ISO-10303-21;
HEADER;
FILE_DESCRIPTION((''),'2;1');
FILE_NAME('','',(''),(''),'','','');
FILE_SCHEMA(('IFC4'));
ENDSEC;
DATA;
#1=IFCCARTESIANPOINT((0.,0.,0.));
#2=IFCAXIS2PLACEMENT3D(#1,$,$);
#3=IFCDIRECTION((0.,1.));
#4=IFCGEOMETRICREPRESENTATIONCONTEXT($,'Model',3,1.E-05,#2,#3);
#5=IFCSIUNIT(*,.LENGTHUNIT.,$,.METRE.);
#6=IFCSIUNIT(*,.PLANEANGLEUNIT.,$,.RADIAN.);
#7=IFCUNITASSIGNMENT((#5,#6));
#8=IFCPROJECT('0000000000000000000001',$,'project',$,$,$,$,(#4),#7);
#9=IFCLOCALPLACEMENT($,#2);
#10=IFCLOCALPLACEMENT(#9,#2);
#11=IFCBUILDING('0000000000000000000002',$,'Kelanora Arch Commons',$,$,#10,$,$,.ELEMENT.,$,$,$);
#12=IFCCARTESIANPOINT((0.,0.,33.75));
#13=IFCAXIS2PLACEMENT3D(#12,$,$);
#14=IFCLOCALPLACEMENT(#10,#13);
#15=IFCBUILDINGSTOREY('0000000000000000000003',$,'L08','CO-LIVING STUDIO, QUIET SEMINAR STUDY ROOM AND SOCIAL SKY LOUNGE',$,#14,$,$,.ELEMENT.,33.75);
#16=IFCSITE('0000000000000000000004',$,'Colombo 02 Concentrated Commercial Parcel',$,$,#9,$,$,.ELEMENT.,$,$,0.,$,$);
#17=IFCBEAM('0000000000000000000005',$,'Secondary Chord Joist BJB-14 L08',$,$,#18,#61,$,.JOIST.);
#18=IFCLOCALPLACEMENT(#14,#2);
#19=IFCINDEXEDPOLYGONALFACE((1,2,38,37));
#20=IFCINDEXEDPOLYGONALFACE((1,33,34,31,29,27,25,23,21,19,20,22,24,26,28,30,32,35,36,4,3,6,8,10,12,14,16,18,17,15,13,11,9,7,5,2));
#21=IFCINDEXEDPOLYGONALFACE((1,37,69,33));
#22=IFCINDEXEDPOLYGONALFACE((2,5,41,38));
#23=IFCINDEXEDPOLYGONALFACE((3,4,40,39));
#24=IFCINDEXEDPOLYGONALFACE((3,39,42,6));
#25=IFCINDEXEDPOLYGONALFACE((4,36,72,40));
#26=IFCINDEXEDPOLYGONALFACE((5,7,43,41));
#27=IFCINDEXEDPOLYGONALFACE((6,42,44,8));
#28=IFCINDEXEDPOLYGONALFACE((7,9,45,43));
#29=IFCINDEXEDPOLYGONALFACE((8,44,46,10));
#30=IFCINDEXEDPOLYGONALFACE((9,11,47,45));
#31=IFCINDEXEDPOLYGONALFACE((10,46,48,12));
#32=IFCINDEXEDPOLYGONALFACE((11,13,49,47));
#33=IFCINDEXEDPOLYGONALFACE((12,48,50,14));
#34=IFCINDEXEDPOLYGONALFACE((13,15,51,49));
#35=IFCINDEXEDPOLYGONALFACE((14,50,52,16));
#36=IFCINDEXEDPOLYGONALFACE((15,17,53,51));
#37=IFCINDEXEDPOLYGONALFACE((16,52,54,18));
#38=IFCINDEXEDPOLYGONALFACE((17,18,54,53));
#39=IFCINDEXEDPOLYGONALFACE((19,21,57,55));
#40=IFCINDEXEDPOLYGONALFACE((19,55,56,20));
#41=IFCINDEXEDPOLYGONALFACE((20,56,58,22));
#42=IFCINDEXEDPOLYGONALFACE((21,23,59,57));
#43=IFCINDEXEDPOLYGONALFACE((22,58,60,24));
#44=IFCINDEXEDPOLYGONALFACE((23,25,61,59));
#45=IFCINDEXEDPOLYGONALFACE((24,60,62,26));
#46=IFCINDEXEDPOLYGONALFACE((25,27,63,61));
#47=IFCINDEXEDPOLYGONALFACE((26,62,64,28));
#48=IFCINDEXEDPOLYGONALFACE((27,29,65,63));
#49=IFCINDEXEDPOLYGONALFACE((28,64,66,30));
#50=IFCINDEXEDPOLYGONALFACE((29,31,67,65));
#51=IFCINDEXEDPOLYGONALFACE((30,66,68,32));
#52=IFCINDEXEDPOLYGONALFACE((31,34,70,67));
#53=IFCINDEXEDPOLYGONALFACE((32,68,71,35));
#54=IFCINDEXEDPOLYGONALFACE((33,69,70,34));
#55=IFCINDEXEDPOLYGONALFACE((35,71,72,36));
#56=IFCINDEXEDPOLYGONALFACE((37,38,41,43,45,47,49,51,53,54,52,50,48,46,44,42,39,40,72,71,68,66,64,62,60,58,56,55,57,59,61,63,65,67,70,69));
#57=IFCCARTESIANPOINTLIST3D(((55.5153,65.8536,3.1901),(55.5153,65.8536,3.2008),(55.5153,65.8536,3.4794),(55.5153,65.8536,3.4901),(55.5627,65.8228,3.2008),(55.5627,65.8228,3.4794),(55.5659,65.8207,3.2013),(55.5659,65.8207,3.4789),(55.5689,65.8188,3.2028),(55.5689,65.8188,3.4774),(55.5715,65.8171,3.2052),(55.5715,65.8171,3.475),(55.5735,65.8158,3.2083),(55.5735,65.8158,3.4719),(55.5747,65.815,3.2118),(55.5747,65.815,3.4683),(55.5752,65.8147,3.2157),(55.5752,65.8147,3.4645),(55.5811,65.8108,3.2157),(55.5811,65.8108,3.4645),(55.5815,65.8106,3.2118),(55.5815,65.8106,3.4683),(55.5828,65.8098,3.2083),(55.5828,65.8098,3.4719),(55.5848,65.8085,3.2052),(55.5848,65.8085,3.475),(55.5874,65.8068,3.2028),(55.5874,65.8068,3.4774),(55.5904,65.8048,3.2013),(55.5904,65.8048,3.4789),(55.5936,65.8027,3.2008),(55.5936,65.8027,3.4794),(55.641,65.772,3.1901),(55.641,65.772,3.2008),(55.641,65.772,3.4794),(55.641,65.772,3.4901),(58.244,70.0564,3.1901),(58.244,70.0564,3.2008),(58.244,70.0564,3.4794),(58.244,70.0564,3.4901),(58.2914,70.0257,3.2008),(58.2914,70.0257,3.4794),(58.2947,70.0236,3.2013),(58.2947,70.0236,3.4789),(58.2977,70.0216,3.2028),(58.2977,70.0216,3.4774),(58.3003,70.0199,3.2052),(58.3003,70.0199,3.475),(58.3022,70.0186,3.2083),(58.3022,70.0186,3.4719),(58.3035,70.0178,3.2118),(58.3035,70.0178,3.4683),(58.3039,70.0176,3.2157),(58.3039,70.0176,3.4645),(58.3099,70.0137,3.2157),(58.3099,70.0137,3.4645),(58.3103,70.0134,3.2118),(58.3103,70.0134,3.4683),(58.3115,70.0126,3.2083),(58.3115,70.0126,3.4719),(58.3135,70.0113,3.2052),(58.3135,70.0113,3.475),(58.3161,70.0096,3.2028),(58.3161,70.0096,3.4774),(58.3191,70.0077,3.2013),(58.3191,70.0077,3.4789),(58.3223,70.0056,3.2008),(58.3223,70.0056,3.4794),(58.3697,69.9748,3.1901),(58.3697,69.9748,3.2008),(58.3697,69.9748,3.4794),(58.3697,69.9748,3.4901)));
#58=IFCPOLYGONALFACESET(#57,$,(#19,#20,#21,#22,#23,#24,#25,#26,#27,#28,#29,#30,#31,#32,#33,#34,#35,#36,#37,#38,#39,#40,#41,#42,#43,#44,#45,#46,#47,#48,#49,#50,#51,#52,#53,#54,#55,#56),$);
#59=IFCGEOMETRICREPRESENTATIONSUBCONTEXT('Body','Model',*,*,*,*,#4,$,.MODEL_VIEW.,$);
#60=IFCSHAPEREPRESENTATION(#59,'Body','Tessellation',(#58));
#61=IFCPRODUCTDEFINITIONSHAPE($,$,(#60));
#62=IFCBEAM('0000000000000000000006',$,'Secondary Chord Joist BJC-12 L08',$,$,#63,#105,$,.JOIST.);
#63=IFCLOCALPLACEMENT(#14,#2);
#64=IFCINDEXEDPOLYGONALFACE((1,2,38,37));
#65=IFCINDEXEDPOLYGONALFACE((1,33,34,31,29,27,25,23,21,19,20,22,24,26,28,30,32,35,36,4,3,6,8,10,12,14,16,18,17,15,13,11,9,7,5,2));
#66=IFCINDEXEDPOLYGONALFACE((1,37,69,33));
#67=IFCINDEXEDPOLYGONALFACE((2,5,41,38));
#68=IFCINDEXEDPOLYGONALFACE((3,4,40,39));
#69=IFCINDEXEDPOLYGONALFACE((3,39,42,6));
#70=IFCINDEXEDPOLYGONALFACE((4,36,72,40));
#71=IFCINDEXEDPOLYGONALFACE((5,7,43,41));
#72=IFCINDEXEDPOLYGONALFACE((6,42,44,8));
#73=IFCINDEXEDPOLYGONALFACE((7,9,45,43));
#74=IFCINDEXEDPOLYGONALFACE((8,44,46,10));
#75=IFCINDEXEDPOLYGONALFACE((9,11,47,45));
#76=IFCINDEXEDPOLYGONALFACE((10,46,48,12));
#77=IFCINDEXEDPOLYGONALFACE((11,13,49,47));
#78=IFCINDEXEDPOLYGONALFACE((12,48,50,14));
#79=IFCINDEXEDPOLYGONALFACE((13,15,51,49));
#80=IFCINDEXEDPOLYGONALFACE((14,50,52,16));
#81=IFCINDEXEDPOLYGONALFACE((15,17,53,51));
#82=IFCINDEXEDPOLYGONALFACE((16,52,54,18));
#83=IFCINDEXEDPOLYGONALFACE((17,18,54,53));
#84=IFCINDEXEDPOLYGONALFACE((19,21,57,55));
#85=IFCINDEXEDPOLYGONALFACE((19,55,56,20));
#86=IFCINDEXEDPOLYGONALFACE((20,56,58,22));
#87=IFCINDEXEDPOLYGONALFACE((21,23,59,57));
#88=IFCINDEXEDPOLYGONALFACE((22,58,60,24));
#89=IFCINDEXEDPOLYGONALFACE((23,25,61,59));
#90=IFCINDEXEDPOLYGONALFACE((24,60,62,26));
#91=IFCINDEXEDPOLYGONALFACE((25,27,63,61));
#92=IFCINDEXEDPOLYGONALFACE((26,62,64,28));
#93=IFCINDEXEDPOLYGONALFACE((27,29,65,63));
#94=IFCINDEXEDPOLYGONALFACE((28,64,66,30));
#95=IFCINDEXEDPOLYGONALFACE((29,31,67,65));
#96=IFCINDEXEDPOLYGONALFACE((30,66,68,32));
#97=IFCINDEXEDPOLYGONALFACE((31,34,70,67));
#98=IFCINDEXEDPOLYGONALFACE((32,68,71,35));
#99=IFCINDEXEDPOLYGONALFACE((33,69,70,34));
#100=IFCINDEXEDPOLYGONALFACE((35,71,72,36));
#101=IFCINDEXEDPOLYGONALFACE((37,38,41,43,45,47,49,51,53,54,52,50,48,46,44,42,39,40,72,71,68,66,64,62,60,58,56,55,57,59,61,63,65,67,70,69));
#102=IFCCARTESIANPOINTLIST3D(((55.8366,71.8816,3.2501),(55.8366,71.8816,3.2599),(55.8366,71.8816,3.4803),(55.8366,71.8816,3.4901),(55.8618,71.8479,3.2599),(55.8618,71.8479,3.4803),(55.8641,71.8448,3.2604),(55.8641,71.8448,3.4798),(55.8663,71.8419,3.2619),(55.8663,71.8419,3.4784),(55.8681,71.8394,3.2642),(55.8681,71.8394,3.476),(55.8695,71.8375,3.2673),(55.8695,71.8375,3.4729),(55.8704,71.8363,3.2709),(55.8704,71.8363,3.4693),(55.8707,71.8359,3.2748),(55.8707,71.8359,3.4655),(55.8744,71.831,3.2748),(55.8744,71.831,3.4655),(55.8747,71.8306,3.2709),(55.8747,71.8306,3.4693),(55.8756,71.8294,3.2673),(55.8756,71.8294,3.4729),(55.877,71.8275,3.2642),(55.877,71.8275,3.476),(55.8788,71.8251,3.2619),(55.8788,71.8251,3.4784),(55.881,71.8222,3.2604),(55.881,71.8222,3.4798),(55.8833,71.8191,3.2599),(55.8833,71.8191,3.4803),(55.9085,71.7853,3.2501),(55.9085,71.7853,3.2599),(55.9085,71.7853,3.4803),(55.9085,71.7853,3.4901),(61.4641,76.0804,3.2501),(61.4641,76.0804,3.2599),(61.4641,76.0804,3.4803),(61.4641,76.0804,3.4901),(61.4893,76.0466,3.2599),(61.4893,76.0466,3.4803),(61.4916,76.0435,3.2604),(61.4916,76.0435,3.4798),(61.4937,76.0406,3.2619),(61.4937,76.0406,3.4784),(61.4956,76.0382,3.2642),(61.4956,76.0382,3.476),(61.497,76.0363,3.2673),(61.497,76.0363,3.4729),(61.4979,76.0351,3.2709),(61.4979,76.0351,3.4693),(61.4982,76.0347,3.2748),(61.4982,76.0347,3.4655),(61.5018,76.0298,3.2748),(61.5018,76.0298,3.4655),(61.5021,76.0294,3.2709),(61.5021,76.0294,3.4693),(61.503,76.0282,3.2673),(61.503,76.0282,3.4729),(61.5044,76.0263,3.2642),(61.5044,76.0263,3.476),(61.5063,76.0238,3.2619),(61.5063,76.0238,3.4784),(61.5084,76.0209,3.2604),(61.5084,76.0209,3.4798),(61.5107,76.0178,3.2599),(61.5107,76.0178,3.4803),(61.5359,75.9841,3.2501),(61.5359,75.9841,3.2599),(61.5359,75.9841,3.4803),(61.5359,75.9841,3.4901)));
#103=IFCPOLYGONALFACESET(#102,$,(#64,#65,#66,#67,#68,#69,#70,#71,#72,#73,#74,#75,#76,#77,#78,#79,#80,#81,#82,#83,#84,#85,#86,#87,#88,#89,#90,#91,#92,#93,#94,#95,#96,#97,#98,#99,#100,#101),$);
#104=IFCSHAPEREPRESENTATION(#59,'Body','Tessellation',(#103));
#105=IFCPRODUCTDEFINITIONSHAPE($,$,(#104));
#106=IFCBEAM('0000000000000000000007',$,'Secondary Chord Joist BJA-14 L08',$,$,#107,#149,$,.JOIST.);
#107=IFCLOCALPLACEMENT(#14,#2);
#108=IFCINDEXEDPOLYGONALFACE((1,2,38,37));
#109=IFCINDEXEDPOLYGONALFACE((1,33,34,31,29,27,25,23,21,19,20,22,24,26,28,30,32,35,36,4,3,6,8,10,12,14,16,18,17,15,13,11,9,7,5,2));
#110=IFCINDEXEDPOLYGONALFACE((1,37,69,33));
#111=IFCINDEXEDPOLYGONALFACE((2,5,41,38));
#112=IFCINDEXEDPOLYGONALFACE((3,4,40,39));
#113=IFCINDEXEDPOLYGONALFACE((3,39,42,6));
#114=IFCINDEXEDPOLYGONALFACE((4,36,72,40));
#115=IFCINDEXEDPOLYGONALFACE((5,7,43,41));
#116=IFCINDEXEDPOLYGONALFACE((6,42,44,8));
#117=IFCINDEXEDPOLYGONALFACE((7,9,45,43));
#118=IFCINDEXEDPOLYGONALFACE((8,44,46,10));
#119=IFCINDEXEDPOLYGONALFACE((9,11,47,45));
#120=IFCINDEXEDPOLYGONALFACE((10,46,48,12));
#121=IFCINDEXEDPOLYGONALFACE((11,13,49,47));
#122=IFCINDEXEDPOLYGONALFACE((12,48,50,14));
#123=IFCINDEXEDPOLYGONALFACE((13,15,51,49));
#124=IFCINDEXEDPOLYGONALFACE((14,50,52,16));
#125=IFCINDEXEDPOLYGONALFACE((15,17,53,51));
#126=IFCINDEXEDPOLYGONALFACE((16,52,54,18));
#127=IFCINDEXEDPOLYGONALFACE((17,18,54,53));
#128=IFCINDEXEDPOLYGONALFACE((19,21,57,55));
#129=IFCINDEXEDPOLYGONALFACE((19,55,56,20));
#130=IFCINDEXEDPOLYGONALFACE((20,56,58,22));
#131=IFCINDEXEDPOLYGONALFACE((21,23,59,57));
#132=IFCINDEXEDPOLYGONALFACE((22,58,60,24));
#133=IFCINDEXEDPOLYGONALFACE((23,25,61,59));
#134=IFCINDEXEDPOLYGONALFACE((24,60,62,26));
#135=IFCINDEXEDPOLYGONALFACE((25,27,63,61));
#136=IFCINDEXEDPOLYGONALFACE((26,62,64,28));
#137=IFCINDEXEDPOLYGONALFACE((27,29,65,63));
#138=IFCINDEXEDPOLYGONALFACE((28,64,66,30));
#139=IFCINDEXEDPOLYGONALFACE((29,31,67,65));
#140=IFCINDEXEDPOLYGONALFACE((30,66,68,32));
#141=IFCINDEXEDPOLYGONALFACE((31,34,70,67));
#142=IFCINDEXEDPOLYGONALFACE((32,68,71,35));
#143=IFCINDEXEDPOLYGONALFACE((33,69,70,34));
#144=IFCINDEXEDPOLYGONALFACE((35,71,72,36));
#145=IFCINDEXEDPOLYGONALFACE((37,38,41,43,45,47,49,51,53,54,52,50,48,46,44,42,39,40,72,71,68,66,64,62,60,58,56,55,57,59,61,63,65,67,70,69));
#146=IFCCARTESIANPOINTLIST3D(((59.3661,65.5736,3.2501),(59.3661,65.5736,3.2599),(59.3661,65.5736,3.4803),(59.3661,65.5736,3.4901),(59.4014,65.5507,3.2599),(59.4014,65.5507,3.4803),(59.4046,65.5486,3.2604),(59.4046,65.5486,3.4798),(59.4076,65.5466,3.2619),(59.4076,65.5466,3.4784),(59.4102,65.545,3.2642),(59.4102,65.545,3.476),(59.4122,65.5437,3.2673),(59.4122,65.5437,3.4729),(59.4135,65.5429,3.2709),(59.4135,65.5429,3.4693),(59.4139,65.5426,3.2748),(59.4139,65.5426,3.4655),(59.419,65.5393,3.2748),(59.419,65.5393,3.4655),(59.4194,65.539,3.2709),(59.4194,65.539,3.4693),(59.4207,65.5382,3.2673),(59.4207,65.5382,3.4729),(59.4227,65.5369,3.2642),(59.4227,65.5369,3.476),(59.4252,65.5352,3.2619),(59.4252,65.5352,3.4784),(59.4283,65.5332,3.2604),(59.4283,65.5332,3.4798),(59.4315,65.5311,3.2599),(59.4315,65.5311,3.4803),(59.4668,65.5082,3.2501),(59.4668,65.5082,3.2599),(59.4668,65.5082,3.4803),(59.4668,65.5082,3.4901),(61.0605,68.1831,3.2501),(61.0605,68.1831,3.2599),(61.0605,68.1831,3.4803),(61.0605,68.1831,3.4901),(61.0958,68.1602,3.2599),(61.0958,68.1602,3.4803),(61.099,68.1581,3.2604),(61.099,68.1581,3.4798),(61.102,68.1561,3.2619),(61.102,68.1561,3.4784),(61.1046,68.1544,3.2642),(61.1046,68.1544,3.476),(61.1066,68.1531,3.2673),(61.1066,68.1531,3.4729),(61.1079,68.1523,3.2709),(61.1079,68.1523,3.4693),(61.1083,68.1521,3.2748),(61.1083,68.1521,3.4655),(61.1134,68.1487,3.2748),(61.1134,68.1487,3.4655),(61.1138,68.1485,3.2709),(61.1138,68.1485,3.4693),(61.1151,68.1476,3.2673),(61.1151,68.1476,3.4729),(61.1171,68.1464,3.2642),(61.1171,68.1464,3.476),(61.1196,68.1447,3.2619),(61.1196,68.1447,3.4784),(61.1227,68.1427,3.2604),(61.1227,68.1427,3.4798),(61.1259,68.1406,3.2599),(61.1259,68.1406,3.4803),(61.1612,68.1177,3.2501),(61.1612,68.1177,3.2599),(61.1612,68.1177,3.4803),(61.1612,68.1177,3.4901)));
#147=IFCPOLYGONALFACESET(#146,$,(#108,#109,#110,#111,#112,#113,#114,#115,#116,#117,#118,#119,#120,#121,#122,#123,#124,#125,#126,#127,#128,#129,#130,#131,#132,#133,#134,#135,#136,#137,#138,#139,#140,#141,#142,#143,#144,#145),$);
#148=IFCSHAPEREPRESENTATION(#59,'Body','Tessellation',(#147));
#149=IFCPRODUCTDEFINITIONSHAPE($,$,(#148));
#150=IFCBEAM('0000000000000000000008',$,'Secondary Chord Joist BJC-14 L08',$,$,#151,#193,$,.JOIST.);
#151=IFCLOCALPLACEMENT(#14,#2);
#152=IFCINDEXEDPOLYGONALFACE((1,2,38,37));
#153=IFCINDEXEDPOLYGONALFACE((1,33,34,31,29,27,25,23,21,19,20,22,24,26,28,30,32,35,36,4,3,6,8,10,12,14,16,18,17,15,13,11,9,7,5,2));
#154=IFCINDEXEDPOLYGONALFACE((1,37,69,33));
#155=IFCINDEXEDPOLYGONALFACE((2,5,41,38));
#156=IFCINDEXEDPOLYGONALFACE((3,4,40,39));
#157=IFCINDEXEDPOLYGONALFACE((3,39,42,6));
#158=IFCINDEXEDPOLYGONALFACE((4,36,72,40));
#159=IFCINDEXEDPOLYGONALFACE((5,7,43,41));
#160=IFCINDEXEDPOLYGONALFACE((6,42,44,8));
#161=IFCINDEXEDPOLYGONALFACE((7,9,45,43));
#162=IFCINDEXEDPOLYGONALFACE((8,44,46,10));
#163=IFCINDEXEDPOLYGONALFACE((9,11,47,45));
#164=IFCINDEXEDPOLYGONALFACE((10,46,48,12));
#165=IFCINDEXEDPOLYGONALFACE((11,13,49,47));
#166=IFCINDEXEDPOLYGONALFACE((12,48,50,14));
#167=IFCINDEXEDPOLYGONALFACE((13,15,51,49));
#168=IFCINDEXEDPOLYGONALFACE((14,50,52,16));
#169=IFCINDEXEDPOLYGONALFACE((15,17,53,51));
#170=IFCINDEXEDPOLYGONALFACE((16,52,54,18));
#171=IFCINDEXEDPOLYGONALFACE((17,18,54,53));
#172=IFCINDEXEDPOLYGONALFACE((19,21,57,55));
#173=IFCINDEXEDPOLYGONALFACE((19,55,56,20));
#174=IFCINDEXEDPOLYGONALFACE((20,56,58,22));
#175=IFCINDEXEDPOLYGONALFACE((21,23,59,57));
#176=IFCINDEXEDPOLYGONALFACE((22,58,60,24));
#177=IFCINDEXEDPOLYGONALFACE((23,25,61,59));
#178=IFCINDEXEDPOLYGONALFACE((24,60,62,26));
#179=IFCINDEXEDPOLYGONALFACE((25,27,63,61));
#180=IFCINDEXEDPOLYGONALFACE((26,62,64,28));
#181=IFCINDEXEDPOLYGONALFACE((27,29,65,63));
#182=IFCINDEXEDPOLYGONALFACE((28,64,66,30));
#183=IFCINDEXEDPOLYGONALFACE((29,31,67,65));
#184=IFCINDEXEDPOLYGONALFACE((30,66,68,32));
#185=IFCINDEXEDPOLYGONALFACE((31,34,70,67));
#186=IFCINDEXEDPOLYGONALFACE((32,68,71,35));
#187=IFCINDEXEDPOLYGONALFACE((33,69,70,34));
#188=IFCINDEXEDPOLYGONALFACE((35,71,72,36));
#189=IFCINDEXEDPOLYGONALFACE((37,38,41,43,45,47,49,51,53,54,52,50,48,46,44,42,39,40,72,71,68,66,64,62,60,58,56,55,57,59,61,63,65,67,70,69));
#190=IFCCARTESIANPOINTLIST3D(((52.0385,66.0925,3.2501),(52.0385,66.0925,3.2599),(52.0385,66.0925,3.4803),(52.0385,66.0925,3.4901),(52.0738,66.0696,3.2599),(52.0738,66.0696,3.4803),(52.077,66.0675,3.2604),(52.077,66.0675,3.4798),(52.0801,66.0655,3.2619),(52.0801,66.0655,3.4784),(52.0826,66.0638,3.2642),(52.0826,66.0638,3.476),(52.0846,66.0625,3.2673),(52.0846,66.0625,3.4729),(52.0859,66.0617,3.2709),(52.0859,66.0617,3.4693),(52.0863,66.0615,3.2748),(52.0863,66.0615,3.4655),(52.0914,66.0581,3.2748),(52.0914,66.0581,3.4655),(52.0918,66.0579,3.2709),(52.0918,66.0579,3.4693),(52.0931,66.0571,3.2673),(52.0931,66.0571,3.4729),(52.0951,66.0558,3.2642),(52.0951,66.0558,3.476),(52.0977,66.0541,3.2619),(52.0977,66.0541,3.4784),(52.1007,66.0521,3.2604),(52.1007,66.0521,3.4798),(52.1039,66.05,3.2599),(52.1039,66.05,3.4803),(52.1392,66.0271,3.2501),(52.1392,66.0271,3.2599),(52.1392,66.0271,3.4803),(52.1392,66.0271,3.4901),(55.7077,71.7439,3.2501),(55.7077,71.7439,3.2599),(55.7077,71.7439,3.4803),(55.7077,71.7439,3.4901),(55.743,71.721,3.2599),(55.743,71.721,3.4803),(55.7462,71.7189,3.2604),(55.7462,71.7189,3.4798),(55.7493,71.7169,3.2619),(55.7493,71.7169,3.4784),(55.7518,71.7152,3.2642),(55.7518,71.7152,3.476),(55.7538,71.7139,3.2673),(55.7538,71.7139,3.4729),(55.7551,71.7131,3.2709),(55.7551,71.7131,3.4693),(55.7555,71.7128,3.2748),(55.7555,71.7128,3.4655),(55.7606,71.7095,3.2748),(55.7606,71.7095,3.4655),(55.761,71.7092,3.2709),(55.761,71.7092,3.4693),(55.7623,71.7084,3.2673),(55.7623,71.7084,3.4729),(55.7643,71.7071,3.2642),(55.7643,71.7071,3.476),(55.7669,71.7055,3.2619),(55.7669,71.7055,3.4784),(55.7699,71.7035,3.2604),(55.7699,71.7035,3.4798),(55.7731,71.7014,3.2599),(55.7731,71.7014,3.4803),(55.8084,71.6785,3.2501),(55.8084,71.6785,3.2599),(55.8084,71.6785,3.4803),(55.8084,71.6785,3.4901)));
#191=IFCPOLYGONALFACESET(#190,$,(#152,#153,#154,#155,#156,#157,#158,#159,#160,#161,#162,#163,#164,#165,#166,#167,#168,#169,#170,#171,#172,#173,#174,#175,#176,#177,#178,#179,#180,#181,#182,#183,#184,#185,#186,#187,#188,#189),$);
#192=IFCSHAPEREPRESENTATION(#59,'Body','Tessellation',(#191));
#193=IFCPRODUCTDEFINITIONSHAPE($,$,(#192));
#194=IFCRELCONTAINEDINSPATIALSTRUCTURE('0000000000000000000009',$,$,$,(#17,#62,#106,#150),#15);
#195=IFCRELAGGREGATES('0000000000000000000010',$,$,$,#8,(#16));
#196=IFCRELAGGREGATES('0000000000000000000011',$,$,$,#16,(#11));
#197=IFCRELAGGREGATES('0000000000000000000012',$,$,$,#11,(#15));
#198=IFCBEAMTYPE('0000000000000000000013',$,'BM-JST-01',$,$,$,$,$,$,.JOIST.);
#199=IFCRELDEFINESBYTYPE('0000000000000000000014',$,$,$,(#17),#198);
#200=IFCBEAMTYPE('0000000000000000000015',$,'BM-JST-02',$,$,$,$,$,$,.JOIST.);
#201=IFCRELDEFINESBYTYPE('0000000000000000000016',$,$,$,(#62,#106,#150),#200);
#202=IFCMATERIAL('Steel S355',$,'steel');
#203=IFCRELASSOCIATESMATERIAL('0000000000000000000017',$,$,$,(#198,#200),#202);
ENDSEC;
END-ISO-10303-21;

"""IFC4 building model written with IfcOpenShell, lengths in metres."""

from ifc_helpers import new_model, si_unit, direction, frame, origin, origin_2d, place, context, subcontext, project, spatial, i_section, extrude, material, material_profile, profile_set, type_object, element, save


model = new_model("IFC4")

# Units and contexts
model_context = context("Model", 3, precision=1e-05, world=origin(), true_north=direction((0.0, 1.0)))
body_context = subcontext(model_context, "Body", "Model", "MODEL_VIEW")
ifc_project = project(units=[si_unit("LENGTHUNIT", "METRE"), si_unit("PLANEANGLEUNIT", "RADIAN")], contexts=[model_context])

# Site, building, storey
site_placement = place(None, origin())
site = spatial("IfcSite", under=ifc_project, at=site_placement, Name="Colombo 02 Concentrated Commercial Parcel", CompositionType="ELEMENT", RefElevation=0.0)
building_placement = place(site_placement, origin())
building = spatial("IfcBuilding", under=site, at=building_placement, Name="Kelanora Arch Commons", CompositionType="ELEMENT")
storey_placement = place(building_placement, frame((0.0, 0.0, 33.75)))
storey = spatial("IfcBuildingStorey", under=building, at=storey_placement, Name="L08", Description="CO-LIVING STUDIO, QUIET SEMINAR STUDY ROOM AND SOCIAL SKY LOUNGE", CompositionType="ELEMENT", Elevation=33.75)

# Beams
ifc_material_1 = material(Name="Steel S355", Category="steel")
ifc_material_profile_1 = material_profile(ifc_material_1, i_section(OverallWidth=0.1499, OverallDepth=0.3, WebThickness=0.0071, FlangeThickness=0.0107, FilletRadius=0.0149, at=origin_2d()), Name="IPE300")
ifc_profile_set_1 = profile_set([ifc_material_profile_1], Name="Steel S355")
beam_type_1 = type_object("IfcBeamType", Name="BM-JST-01", PredefinedType="JOIST", material=ifc_profile_set_1)
beam_1_placement = place(storey_placement, frame((58.3069, 70.0156, 3.3401), z_axis=(-0.544552, -0.838727, 0.0), x_axis=(0.838727, -0.544552, 0.0)))
element("IfcBeam", 1, at=beam_1_placement, inside=storey, type_object=beam_type_1, Name="Secondary Chord Joist BJB-14 L08", PredefinedType="JOIST", context=body_context, shape_type="SweptSolid", body=[
    extrude(i_section(OverallWidth=0.1499, OverallDepth=0.3, WebThickness=0.0071, FlangeThickness=0.0107, FilletRadius=0.0149, at=origin_2d()), origin(), (0.0, 0.0, 1.0), 5.011),
])
ifc_material_profile_2 = material_profile(ifc_material_1, i_section(OverallWidth=0.1201, OverallDepth=0.24, WebThickness=0.0061, FlangeThickness=0.0098, FilletRadius=0.0149, at=origin_2d()), Name="IPE240")
ifc_profile_set_2 = profile_set([ifc_material_profile_2], Name="Steel S355")
beam_type_2 = type_object("IfcBeamType", Name="BM-JST-02", PredefinedType="JOIST", material=ifc_profile_set_2)
beam_2_placement = place(storey_placement, frame((61.5, 76.0322, 3.3701), z_axis=(-0.801491, -0.598006, 0.0), x_axis=(0.598006, -0.801491, 0.0)))
element("IfcBeam", 2, at=beam_2_placement, inside=storey, type_object=beam_type_2, Name="Secondary Chord Joist BJC-12 L08", PredefinedType="JOIST", context=body_context, shape_type="SweptSolid", body=[
    extrude(i_section(OverallWidth=0.1201, OverallDepth=0.24, WebThickness=0.0061, FlangeThickness=0.0098, FilletRadius=0.0149, at=origin_2d()), origin(), (0.0, 0.0, 1.0), 7.0212),
])
beam_3_placement = place(storey_placement, frame((61.1108, 68.1504, 3.3701), z_axis=(-0.544591, -0.838702, 0.0), x_axis=(0.838702, -0.544591, 0.0)))
element("IfcBeam", 3, at=beam_3_placement, inside=storey, type_object=beam_type_2, Name="Secondary Chord Joist BJA-14 L08", PredefinedType="JOIST", context=body_context, shape_type="SweptSolid", body=[
    extrude(i_section(OverallWidth=0.1201, OverallDepth=0.24, WebThickness=0.0061, FlangeThickness=0.0098, FilletRadius=0.0149, at=origin_2d()), origin(), (0.0, 0.0, 1.0), 3.1113),
])
beam_4_placement = place(storey_placement, frame((55.7581, 71.7112, 3.3701), z_axis=(-0.54455, -0.838728, 0.0), x_axis=(0.838728, -0.54455, 0.0)))
element("IfcBeam", 4, at=beam_4_placement, inside=storey, type_object=beam_type_2, Name="Secondary Chord Joist BJC-14 L08", PredefinedType="JOIST", context=body_context, shape_type="SweptSolid", body=[
    extrude(i_section(OverallWidth=0.1201, OverallDepth=0.24, WebThickness=0.0061, FlangeThickness=0.0098, FilletRadius=0.0149, at=origin_2d()), origin(), (0.0, 0.0, 1.0), 6.738),
])

save(model, "model.ifc")
